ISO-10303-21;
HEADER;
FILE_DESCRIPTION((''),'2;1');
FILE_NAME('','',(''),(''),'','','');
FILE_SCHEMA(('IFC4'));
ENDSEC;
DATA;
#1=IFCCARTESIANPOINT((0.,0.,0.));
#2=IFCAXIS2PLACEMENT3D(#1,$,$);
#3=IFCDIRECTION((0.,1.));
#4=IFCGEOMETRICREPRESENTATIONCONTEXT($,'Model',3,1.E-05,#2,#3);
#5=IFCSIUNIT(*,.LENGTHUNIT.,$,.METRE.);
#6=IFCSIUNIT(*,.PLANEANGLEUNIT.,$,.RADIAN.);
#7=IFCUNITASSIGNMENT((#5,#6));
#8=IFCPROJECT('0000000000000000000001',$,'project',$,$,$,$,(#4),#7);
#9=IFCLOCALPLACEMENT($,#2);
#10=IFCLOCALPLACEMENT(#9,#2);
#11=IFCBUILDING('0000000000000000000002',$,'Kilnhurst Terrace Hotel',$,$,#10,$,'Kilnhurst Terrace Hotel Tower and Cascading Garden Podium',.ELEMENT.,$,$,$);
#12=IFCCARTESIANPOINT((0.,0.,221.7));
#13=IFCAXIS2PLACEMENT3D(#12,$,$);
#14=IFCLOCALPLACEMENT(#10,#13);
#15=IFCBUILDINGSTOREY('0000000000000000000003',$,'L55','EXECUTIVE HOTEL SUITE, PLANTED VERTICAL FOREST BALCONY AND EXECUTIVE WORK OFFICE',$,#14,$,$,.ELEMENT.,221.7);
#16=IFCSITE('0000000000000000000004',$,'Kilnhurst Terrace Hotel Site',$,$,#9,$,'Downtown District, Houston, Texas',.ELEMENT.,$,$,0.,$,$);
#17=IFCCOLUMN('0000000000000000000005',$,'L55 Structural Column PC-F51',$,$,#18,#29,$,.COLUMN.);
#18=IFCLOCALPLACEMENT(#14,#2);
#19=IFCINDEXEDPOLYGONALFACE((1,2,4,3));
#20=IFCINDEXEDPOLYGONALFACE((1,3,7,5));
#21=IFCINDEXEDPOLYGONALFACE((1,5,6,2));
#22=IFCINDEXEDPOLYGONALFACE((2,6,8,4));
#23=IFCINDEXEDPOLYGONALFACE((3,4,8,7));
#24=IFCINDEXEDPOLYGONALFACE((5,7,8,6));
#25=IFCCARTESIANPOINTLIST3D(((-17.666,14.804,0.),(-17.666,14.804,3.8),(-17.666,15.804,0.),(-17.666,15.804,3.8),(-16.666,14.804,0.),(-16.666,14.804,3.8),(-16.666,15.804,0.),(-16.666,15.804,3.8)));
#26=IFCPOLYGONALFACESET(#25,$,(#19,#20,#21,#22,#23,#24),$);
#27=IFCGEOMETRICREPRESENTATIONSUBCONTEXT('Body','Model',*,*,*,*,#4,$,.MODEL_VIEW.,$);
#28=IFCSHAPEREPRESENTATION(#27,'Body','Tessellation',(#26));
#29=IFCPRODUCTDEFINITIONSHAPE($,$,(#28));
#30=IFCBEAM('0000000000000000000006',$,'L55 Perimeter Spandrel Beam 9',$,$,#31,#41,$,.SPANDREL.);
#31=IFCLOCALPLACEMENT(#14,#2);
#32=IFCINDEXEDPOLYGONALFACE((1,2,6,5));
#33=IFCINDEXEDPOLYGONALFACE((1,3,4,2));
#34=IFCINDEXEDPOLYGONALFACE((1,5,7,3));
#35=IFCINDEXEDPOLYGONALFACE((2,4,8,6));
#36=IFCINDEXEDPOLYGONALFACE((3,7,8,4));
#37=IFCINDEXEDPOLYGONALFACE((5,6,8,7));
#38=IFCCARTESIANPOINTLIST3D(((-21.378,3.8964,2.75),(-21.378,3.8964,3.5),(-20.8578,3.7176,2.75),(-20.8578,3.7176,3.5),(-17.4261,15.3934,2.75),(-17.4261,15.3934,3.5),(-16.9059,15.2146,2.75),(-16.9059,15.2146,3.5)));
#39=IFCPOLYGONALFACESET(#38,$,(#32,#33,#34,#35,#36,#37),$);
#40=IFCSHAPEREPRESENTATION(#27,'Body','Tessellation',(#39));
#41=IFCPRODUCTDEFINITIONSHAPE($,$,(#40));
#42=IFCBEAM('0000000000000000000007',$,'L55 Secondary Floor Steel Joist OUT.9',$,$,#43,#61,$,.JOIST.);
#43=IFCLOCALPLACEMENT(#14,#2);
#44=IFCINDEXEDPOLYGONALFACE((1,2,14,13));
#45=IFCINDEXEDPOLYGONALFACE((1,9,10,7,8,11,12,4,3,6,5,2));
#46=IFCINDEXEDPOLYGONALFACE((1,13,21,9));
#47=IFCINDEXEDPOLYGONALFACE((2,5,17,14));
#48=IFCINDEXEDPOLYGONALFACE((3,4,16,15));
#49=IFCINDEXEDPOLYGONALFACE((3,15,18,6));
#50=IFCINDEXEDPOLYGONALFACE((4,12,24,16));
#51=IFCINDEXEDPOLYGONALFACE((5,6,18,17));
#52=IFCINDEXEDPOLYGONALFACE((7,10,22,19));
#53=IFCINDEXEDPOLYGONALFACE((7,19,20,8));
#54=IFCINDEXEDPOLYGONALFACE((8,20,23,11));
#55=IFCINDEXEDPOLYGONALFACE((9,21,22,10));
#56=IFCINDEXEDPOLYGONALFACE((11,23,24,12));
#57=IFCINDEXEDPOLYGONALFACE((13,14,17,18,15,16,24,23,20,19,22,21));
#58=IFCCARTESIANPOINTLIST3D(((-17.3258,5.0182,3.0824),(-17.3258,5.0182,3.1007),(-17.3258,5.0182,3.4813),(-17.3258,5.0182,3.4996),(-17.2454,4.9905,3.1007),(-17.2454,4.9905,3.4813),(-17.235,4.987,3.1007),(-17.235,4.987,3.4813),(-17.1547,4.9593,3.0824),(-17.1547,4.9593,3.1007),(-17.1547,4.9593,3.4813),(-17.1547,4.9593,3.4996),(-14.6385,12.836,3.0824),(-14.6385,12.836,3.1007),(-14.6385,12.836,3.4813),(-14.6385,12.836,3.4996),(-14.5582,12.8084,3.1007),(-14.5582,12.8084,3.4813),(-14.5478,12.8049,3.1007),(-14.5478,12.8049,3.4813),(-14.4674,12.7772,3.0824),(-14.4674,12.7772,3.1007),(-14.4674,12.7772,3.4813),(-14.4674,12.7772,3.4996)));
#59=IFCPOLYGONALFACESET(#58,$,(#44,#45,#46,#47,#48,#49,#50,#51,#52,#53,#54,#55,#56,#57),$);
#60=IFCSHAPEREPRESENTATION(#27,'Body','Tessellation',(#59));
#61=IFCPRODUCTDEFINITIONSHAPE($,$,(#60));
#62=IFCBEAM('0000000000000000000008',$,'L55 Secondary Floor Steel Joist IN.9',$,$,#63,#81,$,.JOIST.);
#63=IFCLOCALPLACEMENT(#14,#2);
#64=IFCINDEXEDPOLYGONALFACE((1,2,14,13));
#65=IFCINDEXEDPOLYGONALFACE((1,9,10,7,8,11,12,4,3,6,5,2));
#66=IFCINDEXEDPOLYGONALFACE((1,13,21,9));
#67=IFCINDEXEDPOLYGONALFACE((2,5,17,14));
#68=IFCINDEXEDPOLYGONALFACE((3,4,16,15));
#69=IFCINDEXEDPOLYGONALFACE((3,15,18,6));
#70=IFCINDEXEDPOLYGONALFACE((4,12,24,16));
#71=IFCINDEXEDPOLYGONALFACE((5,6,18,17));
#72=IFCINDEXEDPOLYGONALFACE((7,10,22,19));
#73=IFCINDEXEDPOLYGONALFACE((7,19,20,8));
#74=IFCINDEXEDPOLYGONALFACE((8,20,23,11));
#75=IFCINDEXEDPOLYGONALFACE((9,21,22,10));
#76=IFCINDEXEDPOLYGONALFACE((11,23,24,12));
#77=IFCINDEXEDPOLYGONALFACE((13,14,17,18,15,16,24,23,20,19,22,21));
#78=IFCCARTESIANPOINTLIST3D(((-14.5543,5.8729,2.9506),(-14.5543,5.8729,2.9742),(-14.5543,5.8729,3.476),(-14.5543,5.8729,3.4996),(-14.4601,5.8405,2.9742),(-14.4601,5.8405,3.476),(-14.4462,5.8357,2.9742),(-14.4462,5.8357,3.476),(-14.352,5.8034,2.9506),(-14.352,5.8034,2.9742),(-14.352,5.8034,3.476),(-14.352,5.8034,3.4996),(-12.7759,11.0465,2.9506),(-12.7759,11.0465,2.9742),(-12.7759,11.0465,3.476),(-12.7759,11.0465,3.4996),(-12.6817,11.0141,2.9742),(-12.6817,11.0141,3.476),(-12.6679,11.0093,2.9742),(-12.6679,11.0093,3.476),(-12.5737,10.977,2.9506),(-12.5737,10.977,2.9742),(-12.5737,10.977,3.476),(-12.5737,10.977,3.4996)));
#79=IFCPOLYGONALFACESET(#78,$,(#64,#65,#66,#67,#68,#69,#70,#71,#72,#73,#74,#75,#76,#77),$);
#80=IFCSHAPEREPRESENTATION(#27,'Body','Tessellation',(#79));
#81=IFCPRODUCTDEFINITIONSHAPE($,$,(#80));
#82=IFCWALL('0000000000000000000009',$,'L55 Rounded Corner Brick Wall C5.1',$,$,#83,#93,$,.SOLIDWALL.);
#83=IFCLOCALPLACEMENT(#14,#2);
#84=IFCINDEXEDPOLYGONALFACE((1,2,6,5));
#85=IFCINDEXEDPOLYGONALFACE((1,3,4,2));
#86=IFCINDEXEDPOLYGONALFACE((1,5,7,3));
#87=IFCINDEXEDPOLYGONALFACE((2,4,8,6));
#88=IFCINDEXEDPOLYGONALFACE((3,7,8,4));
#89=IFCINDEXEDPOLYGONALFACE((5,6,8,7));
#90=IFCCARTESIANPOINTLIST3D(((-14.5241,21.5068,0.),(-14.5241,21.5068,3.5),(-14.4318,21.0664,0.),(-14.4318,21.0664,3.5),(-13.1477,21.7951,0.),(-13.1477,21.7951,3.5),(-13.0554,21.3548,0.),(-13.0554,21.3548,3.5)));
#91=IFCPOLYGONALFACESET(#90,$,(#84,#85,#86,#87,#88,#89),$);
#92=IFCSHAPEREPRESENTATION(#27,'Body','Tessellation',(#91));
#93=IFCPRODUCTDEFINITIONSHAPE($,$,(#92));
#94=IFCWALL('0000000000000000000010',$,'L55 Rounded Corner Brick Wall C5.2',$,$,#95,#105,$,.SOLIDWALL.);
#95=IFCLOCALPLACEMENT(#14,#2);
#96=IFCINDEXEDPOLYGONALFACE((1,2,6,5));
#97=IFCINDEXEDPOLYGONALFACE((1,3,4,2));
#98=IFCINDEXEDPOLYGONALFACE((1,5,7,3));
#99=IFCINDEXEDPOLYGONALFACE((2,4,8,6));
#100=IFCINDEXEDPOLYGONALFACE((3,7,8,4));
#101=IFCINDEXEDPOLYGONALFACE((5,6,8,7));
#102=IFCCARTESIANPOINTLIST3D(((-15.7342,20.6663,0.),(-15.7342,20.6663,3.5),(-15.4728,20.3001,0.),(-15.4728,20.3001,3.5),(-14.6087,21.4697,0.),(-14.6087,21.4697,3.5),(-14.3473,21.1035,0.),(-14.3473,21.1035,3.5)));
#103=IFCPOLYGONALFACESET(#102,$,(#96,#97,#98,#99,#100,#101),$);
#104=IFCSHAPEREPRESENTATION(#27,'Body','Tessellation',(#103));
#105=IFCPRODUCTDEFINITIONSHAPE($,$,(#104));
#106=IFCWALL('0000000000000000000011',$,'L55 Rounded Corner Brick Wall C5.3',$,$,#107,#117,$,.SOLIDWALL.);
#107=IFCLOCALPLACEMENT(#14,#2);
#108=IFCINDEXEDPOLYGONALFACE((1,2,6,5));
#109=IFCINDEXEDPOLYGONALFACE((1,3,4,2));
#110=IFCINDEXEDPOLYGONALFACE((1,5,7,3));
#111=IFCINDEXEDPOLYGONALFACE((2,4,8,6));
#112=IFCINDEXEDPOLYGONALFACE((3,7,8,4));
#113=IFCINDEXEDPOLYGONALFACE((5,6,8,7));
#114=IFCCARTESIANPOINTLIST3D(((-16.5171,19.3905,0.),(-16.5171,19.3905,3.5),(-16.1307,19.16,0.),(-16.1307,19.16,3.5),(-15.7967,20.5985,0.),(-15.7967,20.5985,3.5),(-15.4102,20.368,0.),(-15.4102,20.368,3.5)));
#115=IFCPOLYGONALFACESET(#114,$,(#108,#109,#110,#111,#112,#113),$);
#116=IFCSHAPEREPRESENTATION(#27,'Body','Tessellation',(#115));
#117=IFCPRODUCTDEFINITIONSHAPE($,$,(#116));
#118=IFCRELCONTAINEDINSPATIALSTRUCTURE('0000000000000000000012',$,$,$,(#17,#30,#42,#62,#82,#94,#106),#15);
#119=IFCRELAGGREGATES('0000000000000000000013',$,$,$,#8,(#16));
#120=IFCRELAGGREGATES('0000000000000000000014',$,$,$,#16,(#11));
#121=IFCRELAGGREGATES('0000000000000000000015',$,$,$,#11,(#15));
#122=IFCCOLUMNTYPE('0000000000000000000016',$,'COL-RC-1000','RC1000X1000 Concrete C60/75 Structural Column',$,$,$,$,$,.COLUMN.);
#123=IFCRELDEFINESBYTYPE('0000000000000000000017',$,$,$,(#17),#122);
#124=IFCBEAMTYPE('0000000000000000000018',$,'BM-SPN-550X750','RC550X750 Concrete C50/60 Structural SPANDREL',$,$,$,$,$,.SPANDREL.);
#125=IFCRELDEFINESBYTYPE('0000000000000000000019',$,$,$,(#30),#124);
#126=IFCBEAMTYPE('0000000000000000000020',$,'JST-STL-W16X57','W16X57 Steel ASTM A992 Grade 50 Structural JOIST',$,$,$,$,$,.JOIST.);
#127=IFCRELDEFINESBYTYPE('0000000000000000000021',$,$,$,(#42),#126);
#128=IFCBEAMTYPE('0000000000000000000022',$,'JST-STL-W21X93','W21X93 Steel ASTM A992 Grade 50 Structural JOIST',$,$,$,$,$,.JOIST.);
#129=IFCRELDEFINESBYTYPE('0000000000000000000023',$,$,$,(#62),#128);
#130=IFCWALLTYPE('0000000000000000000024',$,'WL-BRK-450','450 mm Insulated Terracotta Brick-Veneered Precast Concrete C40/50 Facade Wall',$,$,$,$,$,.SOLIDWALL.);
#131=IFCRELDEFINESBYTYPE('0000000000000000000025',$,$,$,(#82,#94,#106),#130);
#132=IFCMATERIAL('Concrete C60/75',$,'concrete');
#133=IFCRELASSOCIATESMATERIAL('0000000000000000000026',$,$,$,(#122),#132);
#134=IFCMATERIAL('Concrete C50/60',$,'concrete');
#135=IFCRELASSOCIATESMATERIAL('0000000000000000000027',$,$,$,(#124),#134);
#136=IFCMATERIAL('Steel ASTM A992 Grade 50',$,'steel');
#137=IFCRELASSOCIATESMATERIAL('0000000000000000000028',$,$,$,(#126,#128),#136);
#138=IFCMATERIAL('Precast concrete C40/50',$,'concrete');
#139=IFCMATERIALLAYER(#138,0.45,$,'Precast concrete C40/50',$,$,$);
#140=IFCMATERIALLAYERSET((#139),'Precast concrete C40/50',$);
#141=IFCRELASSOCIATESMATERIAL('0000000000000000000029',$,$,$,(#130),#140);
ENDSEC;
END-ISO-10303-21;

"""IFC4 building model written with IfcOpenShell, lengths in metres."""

from ifc_helpers import new_model, si_unit, direction, frame, frame_2d, origin, origin_2d, place, context, subcontext, project, spatial, rectangle, i_section, extrude, material, layer, layer_set, material_profile, profile_set, type_object, element, save


model = new_model("IFC4")

# Units and contexts
model_context = context("Model", 3, precision=1e-05, world=origin(), true_north=direction((0.0, 1.0)))
body_context = subcontext(model_context, "Body", "Model", "MODEL_VIEW")
ifc_project = project(units=[si_unit("LENGTHUNIT", "METRE"), si_unit("PLANEANGLEUNIT", "RADIAN")], contexts=[model_context])

# Site, building, storey
site_placement = place(None, origin())
site = spatial("IfcSite", under=ifc_project, at=site_placement, Name="Kilnhurst Terrace Hotel Site", LongName="Downtown District, Houston, Texas", CompositionType="ELEMENT", RefElevation=0.0)
building_placement = place(site_placement, origin())
building = spatial("IfcBuilding", under=site, at=building_placement, Name="Kilnhurst Terrace Hotel", LongName="Kilnhurst Terrace Hotel Tower and Cascading Garden Podium", CompositionType="ELEMENT")
storey_placement = place(building_placement, frame((0.0, 0.0, 221.7)))
storey = spatial("IfcBuildingStorey", under=building, at=storey_placement, Name="L55", Description="EXECUTIVE HOTEL SUITE, PLANTED VERTICAL FOREST BALCONY AND EXECUTIVE WORK OFFICE", CompositionType="ELEMENT", Elevation=221.7)

# Column
ifc_material_1 = material(Name="Concrete C60/75", Category="concrete")
ifc_material_profile_1 = material_profile(ifc_material_1, rectangle(XDim=1.0, YDim=1.0, at=origin_2d()), Name="RC1000X1000")
ifc_profile_set_1 = profile_set([ifc_material_profile_1], Name="Concrete C60/75")
column_type = type_object("IfcColumnType", Name="COL-RC-1000", Description="RC1000X1000 Concrete C60/75 Structural Column", PredefinedType="COLUMN", material=ifc_profile_set_1)
column_placement = place(storey_placement, frame((-17.166, 15.304, 0.0), z_axis=(0.0, 0.0, 1.0), x_axis=(1.0, 0.0, 0.0)))
element("IfcColumn", 1, at=column_placement, inside=storey, type_object=column_type, Name="L55 Structural Column PC-F51", PredefinedType="COLUMN", context=body_context, shape_type="SweptSolid", body=[
    extrude(rectangle(XDim=1.0, YDim=1.0, at=origin_2d()), origin(), (0.0, 0.0, 1.0), 3.8),
])

# Beams
ifc_material_2 = material(Name="Concrete C50/60", Category="concrete")
ifc_material_profile_2 = material_profile(ifc_material_2, rectangle(XDim=0.55, YDim=0.75, at=origin_2d()), Name="RC550X750")
ifc_profile_set_2 = profile_set([ifc_material_profile_2], Name="Concrete C50/60")
beam_type_1 = type_object("IfcBeamType", Name="BM-SPN-550X750", Description="RC550X750 Concrete C50/60 Structural SPANDREL", PredefinedType="SPANDREL", material=ifc_profile_set_2)
beam_1_placement = place(storey_placement, frame((-17.166, 15.304, 3.125), z_axis=(-0.325064, -0.945692, 0.0), x_axis=(0.945692, -0.325064, 0.0)))
element("IfcBeam", 2, at=beam_1_placement, inside=storey, type_object=beam_type_1, Name="L55 Perimeter Spandrel Beam 9", PredefinedType="SPANDREL", context=body_context, shape_type="SweptSolid", body=[
    extrude(rectangle(XDim=0.55, YDim=0.75, at=origin_2d()), origin(), (0.0, 0.0, 1.0), 12.1572),
])
ifc_material_3 = material(Name="Steel ASTM A992 Grade 50", Category="steel")
ifc_material_profile_3 = material_profile(ifc_material_3, i_section(OverallWidth=0.1809, OverallDepth=0.4172, WebThickness=0.011, FlangeThickness=0.0183, at=origin_2d()), Name="W16X57")
ifc_profile_set_3 = profile_set([ifc_material_profile_3], Name="Steel ASTM A992 Grade 50")
beam_type_2 = type_object("IfcBeamType", Name="JST-STL-W16X57", Description="W16X57 Steel ASTM A992 Grade 50 Structural JOIST", PredefinedType="JOIST", material=ifc_profile_set_3)
beam_2_placement = place(storey_placement, frame((-14.553, 12.8066, 3.291), z_axis=(-0.325065, -0.945692, 0.0), x_axis=(0.945692, -0.325065, 0.0)))
element("IfcBeam", 3, at=beam_2_placement, inside=storey, type_object=beam_type_2, Name="L55 Secondary Floor Steel Joist OUT.9", PredefinedType="JOIST", context=body_context, shape_type="SweptSolid", body=[
    extrude(i_section(OverallWidth=0.1809, OverallDepth=0.4172, WebThickness=0.011, FlangeThickness=0.0183, at=origin_2d()), origin(), (0.0, 0.0, 1.0), 8.2668),
])
ifc_material_profile_4 = material_profile(ifc_material_3, i_section(OverallWidth=0.2139, OverallDepth=0.5491, WebThickness=0.0146, FlangeThickness=0.0237, at=origin_2d()), Name="W21X93")
ifc_profile_set_4 = profile_set([ifc_material_profile_4], Name="Steel ASTM A992 Grade 50")
beam_type_3 = type_object("IfcBeamType", Name="JST-STL-W21X93", Description="W21X93 Steel ASTM A992 Grade 50 Structural JOIST", PredefinedType="JOIST", material=ifc_profile_set_4)
beam_3_placement = place(storey_placement, frame((-12.6748, 11.0117, 3.2251), z_axis=(-0.325064, -0.945692, 0.0), x_axis=(0.945692, -0.325064, 0.0)))
element("IfcBeam", 4, at=beam_3_placement, inside=storey, type_object=beam_type_3, Name="L55 Secondary Floor Steel Joist IN.9", PredefinedType="JOIST", context=body_context, shape_type="SweptSolid", body=[
    extrude(i_section(OverallWidth=0.2139, OverallDepth=0.5491, WebThickness=0.0146, FlangeThickness=0.0237, at=origin_2d()), origin(), (0.0, 0.0, 1.0), 5.4707),
])

# Walls
ifc_material_4 = material(Name="Precast concrete C40/50", Category="concrete")
ifc_layer_1 = layer(ifc_material_4, 0.45, Name="Precast concrete C40/50")
ifc_layer_set_1 = layer_set([ifc_layer_1], Name="Precast concrete C40/50")
wall_type_1 = type_object("IfcWallType", Name="WL-BRK-450", Description="450 mm Insulated Terracotta Brick-Veneered Precast Concrete C40/50 Facade Wall", PredefinedType="SOLIDWALL", material=ifc_layer_set_1)
wall_1_placement = place(storey_placement, frame((-13.1016, 21.575, 0.0), z_axis=(0.0, 0.0, 1.0), x_axis=(-0.978757, -0.205022, 0.0)))
element("IfcWall", 5, at=wall_1_placement, inside=storey, type_object=wall_type_1, Name="L55 Rounded Corner Brick Wall C5.1", PredefinedType="SOLIDWALL", context=body_context, shape_type="SweptSolid", body=[
    extrude(rectangle(XDim=1.4062, YDim=0.45, at=frame_2d((0.7031, 0.0))), origin(), (0.0, 0.0, 1.0), 3.5),
])
wall_2_placement = place(storey_placement, frame((-14.478, 21.2866, 0.0), z_axis=(0.0, 0.0, 1.0), x_axis=(-0.813889, -0.581021, 0.0)))
element("IfcWall", 6, at=wall_2_placement, inside=storey, type_object=wall_type_1, Name="L55 Rounded Corner Brick Wall C5.2", PredefinedType="SOLIDWALL", context=body_context, shape_type="SweptSolid", body=[
    extrude(rectangle(XDim=1.3828, YDim=0.45, at=frame_2d((0.6914, 0.0))), origin(), (0.0, 0.0, 1.0), 3.5),
])
wall_3_placement = place(storey_placement, frame((-15.6035, 20.4832, 0.0), z_axis=(0.0, 0.0, 1.0), x_axis=(-0.512222, -0.858853, 0.0)))
element("IfcWall", 7, at=wall_3_placement, inside=storey, type_object=wall_type_1, Name="L55 Rounded Corner Brick Wall C5.3", PredefinedType="SOLIDWALL", context=body_context, shape_type="SweptSolid", body=[
    extrude(rectangle(XDim=1.4065, YDim=0.45, at=frame_2d((0.7031, 0.0))), origin(), (0.0, 0.0, 1.0), 3.5),
])

save(model, "model.ifc")
